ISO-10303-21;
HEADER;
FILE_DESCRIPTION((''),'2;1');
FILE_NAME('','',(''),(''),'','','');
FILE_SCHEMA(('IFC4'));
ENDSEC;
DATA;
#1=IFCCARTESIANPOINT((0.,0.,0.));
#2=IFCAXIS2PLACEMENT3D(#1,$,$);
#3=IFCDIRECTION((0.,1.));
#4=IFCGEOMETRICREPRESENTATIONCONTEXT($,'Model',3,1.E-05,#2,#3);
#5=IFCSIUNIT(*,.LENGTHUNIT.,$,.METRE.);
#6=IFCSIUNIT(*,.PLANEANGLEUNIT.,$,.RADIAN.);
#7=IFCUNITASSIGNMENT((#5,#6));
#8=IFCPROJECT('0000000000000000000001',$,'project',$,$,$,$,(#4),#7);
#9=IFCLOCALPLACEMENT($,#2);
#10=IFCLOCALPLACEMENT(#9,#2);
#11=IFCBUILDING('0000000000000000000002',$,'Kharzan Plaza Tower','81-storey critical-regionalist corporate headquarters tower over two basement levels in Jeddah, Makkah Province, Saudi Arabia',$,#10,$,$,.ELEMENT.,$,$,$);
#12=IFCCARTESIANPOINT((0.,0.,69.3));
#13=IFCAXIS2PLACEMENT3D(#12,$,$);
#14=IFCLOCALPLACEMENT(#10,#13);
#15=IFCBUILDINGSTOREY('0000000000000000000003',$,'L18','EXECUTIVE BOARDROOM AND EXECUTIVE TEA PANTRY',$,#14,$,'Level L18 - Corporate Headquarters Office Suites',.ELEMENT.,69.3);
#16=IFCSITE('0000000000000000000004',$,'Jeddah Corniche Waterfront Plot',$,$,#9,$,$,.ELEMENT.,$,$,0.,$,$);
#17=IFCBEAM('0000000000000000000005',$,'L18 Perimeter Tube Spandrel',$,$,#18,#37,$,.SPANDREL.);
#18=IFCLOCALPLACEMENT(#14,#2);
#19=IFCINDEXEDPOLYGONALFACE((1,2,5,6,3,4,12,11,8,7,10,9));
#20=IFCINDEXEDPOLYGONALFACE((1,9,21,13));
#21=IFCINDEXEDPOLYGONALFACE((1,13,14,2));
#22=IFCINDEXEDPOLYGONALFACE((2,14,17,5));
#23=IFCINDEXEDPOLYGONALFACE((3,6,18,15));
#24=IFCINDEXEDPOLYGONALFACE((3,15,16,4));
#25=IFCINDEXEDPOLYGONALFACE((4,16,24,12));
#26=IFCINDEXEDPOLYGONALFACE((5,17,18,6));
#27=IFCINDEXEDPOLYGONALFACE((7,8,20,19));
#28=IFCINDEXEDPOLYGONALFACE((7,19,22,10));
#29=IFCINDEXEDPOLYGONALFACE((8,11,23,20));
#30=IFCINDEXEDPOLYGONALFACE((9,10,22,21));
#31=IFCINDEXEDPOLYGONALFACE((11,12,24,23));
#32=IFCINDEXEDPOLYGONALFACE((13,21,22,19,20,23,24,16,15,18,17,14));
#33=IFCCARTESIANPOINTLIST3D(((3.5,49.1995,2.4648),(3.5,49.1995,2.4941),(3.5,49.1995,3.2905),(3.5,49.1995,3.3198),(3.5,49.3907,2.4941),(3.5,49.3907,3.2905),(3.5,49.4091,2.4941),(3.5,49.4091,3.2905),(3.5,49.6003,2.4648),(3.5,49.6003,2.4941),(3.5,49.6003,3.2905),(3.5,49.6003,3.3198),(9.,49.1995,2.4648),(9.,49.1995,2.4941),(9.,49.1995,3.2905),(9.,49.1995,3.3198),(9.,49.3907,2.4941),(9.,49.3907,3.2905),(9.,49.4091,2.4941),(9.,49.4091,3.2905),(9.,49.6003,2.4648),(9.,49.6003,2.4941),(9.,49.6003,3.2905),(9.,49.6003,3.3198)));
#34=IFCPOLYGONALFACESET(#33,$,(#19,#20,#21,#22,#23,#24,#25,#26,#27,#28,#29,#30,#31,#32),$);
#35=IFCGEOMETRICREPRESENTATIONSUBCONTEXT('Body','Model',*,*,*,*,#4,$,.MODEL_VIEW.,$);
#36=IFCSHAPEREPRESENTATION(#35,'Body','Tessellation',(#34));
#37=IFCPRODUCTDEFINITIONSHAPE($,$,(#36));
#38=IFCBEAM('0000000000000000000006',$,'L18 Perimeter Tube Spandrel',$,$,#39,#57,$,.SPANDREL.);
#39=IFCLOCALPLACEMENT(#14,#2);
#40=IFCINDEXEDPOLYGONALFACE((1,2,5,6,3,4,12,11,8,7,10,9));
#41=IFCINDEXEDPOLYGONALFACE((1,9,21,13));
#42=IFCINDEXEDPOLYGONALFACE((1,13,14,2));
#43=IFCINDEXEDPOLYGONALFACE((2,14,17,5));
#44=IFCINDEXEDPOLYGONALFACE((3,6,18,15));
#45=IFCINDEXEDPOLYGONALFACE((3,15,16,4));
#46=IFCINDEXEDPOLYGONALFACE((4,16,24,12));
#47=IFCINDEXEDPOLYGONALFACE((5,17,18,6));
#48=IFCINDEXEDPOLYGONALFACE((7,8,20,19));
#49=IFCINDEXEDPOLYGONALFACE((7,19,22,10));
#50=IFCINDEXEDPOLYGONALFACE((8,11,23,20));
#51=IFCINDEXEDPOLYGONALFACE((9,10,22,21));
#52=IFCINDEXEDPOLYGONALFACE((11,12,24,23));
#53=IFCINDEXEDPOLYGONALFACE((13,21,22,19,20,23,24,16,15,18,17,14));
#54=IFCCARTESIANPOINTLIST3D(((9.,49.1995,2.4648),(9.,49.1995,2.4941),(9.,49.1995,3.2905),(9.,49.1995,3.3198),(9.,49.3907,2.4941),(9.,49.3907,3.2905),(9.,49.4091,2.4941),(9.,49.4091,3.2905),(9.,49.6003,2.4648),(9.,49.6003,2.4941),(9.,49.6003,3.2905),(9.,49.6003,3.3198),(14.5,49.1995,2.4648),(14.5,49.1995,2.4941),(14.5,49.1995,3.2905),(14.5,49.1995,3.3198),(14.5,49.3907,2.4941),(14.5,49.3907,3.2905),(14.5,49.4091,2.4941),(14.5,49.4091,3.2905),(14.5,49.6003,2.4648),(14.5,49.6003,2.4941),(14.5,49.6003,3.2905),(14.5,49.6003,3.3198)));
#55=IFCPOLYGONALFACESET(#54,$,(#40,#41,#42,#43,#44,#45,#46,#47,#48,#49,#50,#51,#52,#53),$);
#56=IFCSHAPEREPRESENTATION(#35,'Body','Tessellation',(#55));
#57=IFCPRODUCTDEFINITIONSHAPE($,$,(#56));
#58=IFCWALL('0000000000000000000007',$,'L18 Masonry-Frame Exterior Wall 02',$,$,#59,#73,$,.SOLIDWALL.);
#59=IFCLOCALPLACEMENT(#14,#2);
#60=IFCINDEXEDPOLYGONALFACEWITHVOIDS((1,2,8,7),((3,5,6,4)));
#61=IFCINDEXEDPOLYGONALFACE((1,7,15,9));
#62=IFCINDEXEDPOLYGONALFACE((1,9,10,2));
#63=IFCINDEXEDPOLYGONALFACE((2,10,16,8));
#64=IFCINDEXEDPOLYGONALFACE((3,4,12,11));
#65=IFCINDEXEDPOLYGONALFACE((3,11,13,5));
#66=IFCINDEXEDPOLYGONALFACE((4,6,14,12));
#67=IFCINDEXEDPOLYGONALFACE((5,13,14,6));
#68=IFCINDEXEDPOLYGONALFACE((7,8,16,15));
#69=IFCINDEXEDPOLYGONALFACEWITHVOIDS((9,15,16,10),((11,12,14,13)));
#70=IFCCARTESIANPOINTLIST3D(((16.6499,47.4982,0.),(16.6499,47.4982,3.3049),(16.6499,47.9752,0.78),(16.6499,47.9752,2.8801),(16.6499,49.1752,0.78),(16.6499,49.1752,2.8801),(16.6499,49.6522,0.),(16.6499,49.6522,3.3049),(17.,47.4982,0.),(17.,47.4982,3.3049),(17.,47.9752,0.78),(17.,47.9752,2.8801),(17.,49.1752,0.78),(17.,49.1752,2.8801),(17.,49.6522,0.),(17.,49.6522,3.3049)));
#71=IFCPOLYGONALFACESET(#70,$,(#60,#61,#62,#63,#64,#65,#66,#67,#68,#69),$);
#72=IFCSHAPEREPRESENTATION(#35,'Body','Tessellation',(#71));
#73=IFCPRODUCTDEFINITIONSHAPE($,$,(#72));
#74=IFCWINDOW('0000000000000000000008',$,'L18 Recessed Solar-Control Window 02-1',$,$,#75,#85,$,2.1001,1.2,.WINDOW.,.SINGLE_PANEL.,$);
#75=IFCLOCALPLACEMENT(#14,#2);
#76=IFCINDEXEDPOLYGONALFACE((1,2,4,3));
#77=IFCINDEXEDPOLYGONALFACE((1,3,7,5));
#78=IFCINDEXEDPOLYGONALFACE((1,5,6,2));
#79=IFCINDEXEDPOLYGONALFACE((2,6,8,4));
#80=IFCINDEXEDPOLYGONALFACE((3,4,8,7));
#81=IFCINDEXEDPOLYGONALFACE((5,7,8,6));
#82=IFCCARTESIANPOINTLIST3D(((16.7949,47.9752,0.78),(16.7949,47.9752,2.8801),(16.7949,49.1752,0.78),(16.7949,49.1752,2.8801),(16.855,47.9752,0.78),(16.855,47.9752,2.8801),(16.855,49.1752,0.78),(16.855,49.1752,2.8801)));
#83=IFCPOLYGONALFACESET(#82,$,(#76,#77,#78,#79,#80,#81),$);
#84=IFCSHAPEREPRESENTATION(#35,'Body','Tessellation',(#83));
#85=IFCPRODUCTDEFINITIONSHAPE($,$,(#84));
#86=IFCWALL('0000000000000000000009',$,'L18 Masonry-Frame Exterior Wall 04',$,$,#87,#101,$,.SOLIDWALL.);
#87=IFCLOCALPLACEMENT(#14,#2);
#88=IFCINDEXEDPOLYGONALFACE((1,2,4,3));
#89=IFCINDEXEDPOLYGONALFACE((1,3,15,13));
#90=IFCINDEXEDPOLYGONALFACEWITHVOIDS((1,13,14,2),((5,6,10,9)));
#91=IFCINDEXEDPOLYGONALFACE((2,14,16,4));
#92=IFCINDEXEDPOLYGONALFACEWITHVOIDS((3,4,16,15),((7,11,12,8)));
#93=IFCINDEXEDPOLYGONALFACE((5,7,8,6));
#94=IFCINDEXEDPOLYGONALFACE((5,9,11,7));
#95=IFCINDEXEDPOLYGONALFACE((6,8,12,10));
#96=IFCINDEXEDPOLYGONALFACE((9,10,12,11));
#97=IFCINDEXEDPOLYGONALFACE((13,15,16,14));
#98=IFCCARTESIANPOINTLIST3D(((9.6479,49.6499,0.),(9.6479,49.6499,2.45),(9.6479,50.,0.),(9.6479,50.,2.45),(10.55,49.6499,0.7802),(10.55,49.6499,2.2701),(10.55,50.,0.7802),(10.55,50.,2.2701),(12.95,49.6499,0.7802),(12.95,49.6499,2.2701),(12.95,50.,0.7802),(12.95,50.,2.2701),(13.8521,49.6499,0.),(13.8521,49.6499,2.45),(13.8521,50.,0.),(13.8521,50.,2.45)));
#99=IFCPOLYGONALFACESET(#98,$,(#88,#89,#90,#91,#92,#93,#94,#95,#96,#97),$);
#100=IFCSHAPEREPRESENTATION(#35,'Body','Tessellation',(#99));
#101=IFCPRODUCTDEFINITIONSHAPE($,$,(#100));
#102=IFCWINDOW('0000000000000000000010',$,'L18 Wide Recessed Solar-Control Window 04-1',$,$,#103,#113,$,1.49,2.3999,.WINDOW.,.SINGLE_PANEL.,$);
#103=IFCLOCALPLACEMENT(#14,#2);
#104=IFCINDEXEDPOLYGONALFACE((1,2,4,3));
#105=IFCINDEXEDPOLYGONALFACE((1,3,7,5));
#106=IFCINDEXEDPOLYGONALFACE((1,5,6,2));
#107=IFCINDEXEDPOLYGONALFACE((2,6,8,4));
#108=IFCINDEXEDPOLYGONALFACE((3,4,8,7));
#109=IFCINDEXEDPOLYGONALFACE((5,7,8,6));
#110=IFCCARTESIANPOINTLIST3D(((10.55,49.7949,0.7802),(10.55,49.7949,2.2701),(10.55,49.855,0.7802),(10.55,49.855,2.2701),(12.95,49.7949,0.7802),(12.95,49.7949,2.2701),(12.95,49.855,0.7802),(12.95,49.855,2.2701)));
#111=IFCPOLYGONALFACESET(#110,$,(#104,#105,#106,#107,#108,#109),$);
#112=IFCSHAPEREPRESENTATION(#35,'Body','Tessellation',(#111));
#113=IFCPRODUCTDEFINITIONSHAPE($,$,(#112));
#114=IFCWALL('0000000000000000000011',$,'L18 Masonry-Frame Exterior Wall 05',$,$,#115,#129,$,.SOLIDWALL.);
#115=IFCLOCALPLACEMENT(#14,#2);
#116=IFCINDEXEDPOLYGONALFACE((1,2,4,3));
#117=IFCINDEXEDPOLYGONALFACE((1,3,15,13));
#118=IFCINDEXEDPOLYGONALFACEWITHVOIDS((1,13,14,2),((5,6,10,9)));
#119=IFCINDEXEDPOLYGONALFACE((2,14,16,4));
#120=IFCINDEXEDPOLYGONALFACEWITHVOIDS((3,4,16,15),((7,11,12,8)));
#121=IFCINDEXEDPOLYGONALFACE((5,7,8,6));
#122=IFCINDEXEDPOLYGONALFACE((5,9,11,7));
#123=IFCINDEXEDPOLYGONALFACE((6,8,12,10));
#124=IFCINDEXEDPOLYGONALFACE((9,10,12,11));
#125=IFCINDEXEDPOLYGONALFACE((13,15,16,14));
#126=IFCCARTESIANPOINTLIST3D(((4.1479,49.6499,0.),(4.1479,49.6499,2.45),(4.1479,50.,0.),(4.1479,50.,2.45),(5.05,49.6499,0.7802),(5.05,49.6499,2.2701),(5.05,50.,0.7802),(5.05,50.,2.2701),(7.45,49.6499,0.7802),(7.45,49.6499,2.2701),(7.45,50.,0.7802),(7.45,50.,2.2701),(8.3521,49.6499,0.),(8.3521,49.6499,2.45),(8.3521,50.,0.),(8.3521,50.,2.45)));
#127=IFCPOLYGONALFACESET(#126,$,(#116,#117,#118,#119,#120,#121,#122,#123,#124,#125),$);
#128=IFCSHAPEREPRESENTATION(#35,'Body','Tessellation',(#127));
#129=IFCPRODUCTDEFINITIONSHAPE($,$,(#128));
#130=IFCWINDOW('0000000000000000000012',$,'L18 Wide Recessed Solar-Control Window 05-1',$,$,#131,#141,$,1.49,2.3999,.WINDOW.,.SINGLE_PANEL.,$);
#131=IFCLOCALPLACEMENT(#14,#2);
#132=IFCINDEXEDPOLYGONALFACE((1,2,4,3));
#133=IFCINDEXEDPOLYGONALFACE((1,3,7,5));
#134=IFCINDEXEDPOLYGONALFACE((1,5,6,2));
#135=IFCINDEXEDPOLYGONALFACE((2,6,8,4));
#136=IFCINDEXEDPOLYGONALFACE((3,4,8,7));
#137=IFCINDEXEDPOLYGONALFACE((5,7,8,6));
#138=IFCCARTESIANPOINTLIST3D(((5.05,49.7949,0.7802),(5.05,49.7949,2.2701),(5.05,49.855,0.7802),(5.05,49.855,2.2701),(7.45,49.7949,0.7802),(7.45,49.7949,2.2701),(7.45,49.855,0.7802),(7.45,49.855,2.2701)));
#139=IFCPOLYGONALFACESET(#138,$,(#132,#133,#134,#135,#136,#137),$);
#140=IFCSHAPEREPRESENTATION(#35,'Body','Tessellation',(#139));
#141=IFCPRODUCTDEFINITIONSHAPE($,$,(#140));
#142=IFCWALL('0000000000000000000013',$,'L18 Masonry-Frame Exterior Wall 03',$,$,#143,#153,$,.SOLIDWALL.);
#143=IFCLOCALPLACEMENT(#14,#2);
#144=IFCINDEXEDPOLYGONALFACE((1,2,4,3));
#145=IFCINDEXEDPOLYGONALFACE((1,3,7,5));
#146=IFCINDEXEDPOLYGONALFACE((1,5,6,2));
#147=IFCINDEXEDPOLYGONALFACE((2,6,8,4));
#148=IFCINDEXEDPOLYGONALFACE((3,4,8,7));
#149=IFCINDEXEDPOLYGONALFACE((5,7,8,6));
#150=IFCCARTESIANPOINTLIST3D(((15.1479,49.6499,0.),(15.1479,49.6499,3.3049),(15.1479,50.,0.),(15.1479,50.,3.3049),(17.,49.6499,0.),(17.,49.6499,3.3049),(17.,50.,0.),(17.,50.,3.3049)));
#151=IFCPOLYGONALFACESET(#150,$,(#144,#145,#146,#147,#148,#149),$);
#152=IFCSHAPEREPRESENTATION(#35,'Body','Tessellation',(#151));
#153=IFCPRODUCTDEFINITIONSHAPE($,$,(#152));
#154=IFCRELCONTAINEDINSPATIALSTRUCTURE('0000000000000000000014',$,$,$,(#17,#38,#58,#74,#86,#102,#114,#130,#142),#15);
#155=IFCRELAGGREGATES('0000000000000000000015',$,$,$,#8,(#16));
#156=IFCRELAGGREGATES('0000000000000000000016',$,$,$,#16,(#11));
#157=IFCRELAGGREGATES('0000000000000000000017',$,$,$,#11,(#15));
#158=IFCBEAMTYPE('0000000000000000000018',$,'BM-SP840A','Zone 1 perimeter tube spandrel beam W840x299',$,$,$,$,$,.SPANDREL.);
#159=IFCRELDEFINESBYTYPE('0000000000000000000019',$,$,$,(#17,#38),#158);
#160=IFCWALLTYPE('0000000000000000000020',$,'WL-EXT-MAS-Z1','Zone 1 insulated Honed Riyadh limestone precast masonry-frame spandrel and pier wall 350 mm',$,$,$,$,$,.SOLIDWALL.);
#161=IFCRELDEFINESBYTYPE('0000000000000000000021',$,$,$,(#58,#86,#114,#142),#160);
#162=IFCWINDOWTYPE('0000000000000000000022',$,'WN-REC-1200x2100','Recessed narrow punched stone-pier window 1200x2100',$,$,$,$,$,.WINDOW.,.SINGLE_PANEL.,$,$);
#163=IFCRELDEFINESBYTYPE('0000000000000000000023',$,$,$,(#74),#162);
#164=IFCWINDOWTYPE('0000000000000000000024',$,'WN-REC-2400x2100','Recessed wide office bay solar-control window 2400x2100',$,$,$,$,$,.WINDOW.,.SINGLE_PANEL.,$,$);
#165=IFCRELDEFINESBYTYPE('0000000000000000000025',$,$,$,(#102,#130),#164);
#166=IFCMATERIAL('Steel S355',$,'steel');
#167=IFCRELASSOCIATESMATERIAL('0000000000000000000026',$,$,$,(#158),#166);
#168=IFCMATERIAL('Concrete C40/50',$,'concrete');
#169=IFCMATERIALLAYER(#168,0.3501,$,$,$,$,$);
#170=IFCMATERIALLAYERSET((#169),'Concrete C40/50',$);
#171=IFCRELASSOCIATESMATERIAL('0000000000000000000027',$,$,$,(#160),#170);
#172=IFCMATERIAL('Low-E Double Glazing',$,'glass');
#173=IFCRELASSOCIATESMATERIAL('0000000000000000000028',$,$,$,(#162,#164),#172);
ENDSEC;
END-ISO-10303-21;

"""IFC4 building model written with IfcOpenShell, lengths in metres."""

from ifc_helpers import new_model, si_unit, direction, frame, frame_2d, origin, origin_2d, place, context, subcontext, project, spatial, rectangle, i_section, extrude, source, transform, mapped, material, layer, layer_set, material_profile, profile_set, type_object, element, fill, save


model = new_model("IFC4")

# Units and contexts
model_context = context("Model", 3, precision=1e-05, world=origin(), true_north=direction((0.0, 1.0)))
body_context = subcontext(model_context, "Body", "Model", "MODEL_VIEW")
ifc_project = project(units=[si_unit("LENGTHUNIT", "METRE"), si_unit("PLANEANGLEUNIT", "RADIAN")], contexts=[model_context])

# Site, building, storey
site_placement = place(None, origin())
site = spatial("IfcSite", under=ifc_project, at=site_placement, Name="Jeddah Corniche Waterfront Plot", CompositionType="ELEMENT", RefElevation=0.0)
building_placement = place(site_placement, origin())
building = spatial("IfcBuilding", under=site, at=building_placement, Name="Kharzan Plaza Tower", Description="81-storey critical-regionalist corporate headquarters tower over two basement levels in Jeddah, Makkah Province, Saudi Arabia", CompositionType="ELEMENT")
storey_placement = place(building_placement, frame((0.0, 0.0, 69.3)))
storey = spatial("IfcBuildingStorey", under=building, at=storey_placement, Name="L18", Description="EXECUTIVE BOARDROOM AND EXECUTIVE TEA PANTRY", LongName="Level L18 - Corporate Headquarters Office Suites", CompositionType="ELEMENT", Elevation=69.3)

# Beams
ifc_material_1 = material(Name="Steel S355", Category="steel")
ifc_material_profile_1 = material_profile(ifc_material_1, i_section(OverallWidth=0.4009, OverallDepth=0.855, WebThickness=0.0183, FlangeThickness=0.0293, at=origin_2d()), Name="W840x299")
ifc_profile_set_1 = profile_set([ifc_material_profile_1], Name="Steel S355")
beam_type_1 = type_object("IfcBeamType", Name="BM-SP840A", Description="Zone 1 perimeter tube spandrel beam W840x299", PredefinedType="SPANDREL", material=ifc_profile_set_1)
shared_shape_1 = source(origin(), body_context, "Body", "SweptSolid", [
    extrude(i_section(OverallWidth=0.4009, OverallDepth=0.855, WebThickness=0.0183, FlangeThickness=0.0293, at=origin_2d()), origin(), (0.0, 0.0, 1.0), 5.5),
])
for number, where, z_axis, x_axis, name in (
    (1, (3.5, 49.3999, 2.8923), (1.0, 0.0, 0.0), (0.0, 1.0, 0.0), "L18 Perimeter Tube Spandrel"),
    (2, (9.0, 49.3999, 2.8923), (1.0, 0.0, 0.0), (0.0, 1.0, 0.0), "L18 Perimeter Tube Spandrel"),
):
    element("IfcBeam", number, at=place(storey_placement, frame(where, z_axis=z_axis, x_axis=x_axis)), inside=storey, type_object=beam_type_1, Name=name, PredefinedType="SPANDREL", context=body_context, shape_type="MappedRepresentation", body=[
        mapped(shared_shape_1, transform((0.0, 0.0, 0.0), x_axis=(1.0, 0.0, 0.0), y_axis=(0.0, 1.0, 0.0), z_axis=(0.0, 0.0, 1.0))),
    ])

# Walls, openings, windows
ifc_material_2 = material(Name="Concrete C40/50", Category="concrete")
ifc_layer = layer(ifc_material_2, 0.3501)
ifc_layer_set = layer_set([ifc_layer], Name="Concrete C40/50")
wall_type = type_object("IfcWallType", Name="WL-EXT-MAS-Z1", Description="Zone 1 insulated Honed Riyadh limestone precast masonry-frame spandrel and pier wall 350 mm", PredefinedType="SOLIDWALL", material=ifc_layer_set)
wall_1_placement = place(storey_placement, frame((16.825, 47.498, 0.0), z_axis=(0.0, 0.0, 1.0), x_axis=(0.0, 1.0, 0.0)))
wall_1 = element("IfcWall", 3, at=wall_1_placement, inside=storey, type_object=wall_type, Name="L18 Masonry-Frame Exterior Wall 02", PredefinedType="SOLIDWALL", context=body_context, shape_type="SweptSolid", body=[
    extrude(rectangle(XDim=2.1541, YDim=0.3501, at=frame_2d((1.0771, 0.0))), origin(), (0.0, 0.0, 1.0), 3.3049),
])
opening_1_placement = place(wall_1_placement, frame((0.4771, 0.0, 0.78)))
opening_1 = element("IfcOpeningElement", 4, at=opening_1_placement, cuts=wall_1, PredefinedType="OPENING", context=body_context, shape_type="SweptSolid", body=[
    extrude(rectangle(XDim=1.2, YDim=2.1001, at=frame_2d((0.6001, 1.05))), frame((0.0, 0.1851, 0.0), z_axis=(0.0, -1.0, 0.0), x_axis=(1.0, 0.0, 0.0)), (0.0, 0.0, 1.0), 0.3701),
])
ifc_material_3 = material(Name="Low-E Double Glazing", Category="glass")
window_type_1 = type_object("IfcWindowType", Name="WN-REC-1200x2100", Description="Recessed narrow punched stone-pier window 1200x2100", PartitioningType="SINGLE_PANEL", PredefinedType="WINDOW", material=ifc_material_3)
shared_shape_2 = source(origin(), body_context, "Body", "SweptSolid", [
    extrude(rectangle(XDim=1.2, YDim=2.1001, at=frame_2d((0.6001, 1.05))), frame((0.0, 0.03, 0.0), z_axis=(0.0, -1.0, 0.0), x_axis=(1.0, 0.0, 0.0)), (0.0, 0.0, 1.0), 0.0601),
])
window_1_placement = place(opening_1_placement, origin())
window_1 = element("IfcWindow", 5, at=window_1_placement, inside=storey, type_object=window_type_1, Name="L18 Recessed Solar-Control Window 02-1", OverallHeight=2.1001, OverallWidth=1.2, PartitioningType="SINGLE_PANEL", PredefinedType="WINDOW", context=body_context, shape_type="MappedRepresentation", body=[
    mapped(shared_shape_2, transform((0.0, 0.0, 0.0), x_axis=(1.0, 0.0, 0.0), y_axis=(0.0, 1.0, 0.0), z_axis=(0.0, 0.0, 1.0))),
])
fill(opening_1, window_1)
wall_2_placement = place(storey_placement, frame((13.8521, 49.825, 0.0), z_axis=(0.0, 0.0, 1.0), x_axis=(-1.0, 0.0, 0.0)))
wall_2 = element("IfcWall", 6, at=wall_2_placement, inside=storey, type_object=wall_type, Name="L18 Masonry-Frame Exterior Wall 04", PredefinedType="SOLIDWALL", context=body_context, shape_type="SweptSolid", body=[
    extrude(rectangle(XDim=4.2041, YDim=0.3501, at=frame_2d((2.1021, 0.0))), origin(), (0.0, 0.0, 1.0), 2.45),
])
opening_2_placement = place(wall_2_placement, frame((0.9021, 0.0, 0.78)))
opening_2 = element("IfcOpeningElement", 7, at=opening_2_placement, cuts=wall_2, PredefinedType="OPENING", context=body_context, shape_type="SweptSolid", body=[
    extrude(rectangle(XDim=2.3999, YDim=1.49, at=frame_2d((1.2, 0.7451))), frame((0.0, 0.1851, 0.0), z_axis=(0.0, -1.0, 0.0), x_axis=(1.0, 0.0, 0.0)), (0.0, 0.0, 1.0), 0.3701),
])
window_type_2 = type_object("IfcWindowType", Name="WN-REC-2400x2100", Description="Recessed wide office bay solar-control window 2400x2100", PartitioningType="SINGLE_PANEL", PredefinedType="WINDOW", material=ifc_material_3)
shared_shape_3 = source(origin(), body_context, "Body", "SweptSolid", [
    extrude(rectangle(XDim=2.3999, YDim=1.49, at=frame_2d((1.2, 0.7451))), frame((0.0, 0.03, 0.0), z_axis=(0.0, -1.0, 0.0), x_axis=(1.0, 0.0, 0.0)), (0.0, 0.0, 1.0), 0.0601),
])
window_2_placement = place(opening_2_placement, origin())
window_2 = element("IfcWindow", 8, at=window_2_placement, inside=storey, type_object=window_type_2, Name="L18 Wide Recessed Solar-Control Window 04-1", OverallHeight=1.49, OverallWidth=2.3999, PartitioningType="SINGLE_PANEL", PredefinedType="WINDOW", context=body_context, shape_type="MappedRepresentation", body=[
    mapped(shared_shape_3, transform((0.0, 0.0, 0.0), x_axis=(1.0, 0.0, 0.0), y_axis=(0.0, 1.0, 0.0), z_axis=(0.0, 0.0, 1.0))),
])
fill(opening_2, window_2)
wall_3_placement = place(storey_placement, frame((8.3521, 49.825, 0.0), z_axis=(0.0, 0.0, 1.0), x_axis=(-1.0, 0.0, 0.0)))
wall_3 = element("IfcWall", 9, at=wall_3_placement, inside=storey, type_object=wall_type, Name="L18 Masonry-Frame Exterior Wall 05", PredefinedType="SOLIDWALL", context=body_context, shape_type="SweptSolid", body=[
    extrude(rectangle(XDim=4.2041, YDim=0.3501, at=frame_2d((2.1021, 0.0))), origin(), (0.0, 0.0, 1.0), 2.45),
])
opening_3_placement = place(wall_3_placement, frame((0.9021, 0.0, 0.78)))
opening_3 = element("IfcOpeningElement", 10, at=opening_3_placement, cuts=wall_3, PredefinedType="OPENING", context=body_context, shape_type="SweptSolid", body=[
    extrude(rectangle(XDim=2.3999, YDim=1.49, at=frame_2d((1.2, 0.7451))), frame((0.0, 0.1851, 0.0), z_axis=(0.0, -1.0, 0.0), x_axis=(1.0, 0.0, 0.0)), (0.0, 0.0, 1.0), 0.3701),
])
window_3_placement = place(opening_3_placement, origin())
window_3 = element("IfcWindow", 11, at=window_3_placement, inside=storey, type_object=window_type_2, Name="L18 Wide Recessed Solar-Control Window 05-1", OverallHeight=1.49, OverallWidth=2.3999, PartitioningType="SINGLE_PANEL", PredefinedType="WINDOW", context=body_context, shape_type="MappedRepresentation", body=[
    mapped(shared_shape_3, transform((0.0, 0.0, 0.0), x_axis=(1.0, 0.0, 0.0), y_axis=(0.0, 1.0, 0.0), z_axis=(0.0, 0.0, 1.0))),
])
fill(opening_3, window_3)

# Wall
shared_shape_4 = source(origin(), body_context, "Body", "SweptSolid", [
    extrude(rectangle(XDim=1.8521, YDim=0.3501, at=frame_2d((0.926, 0.0))), origin(), (0.0, 0.0, 1.0), 3.3049),
])
wall_4_placement = place(storey_placement, frame((17.0, 49.825, 0.0), z_axis=(0.0, 0.0, 1.0), x_axis=(-1.0, 0.0, 0.0)))
element("IfcWall", 12, at=wall_4_placement, inside=storey, type_object=wall_type, Name="L18 Masonry-Frame Exterior Wall 03", PredefinedType="SOLIDWALL", context=body_context, shape_type="MappedRepresentation", body=[
    mapped(shared_shape_4, transform((0.0, 0.0, 0.0), x_axis=(1.0, 0.0, 0.0), y_axis=(0.0, 1.0, 0.0), z_axis=(0.0, 0.0, 1.0))),
])

save(model, "model.ifc")
